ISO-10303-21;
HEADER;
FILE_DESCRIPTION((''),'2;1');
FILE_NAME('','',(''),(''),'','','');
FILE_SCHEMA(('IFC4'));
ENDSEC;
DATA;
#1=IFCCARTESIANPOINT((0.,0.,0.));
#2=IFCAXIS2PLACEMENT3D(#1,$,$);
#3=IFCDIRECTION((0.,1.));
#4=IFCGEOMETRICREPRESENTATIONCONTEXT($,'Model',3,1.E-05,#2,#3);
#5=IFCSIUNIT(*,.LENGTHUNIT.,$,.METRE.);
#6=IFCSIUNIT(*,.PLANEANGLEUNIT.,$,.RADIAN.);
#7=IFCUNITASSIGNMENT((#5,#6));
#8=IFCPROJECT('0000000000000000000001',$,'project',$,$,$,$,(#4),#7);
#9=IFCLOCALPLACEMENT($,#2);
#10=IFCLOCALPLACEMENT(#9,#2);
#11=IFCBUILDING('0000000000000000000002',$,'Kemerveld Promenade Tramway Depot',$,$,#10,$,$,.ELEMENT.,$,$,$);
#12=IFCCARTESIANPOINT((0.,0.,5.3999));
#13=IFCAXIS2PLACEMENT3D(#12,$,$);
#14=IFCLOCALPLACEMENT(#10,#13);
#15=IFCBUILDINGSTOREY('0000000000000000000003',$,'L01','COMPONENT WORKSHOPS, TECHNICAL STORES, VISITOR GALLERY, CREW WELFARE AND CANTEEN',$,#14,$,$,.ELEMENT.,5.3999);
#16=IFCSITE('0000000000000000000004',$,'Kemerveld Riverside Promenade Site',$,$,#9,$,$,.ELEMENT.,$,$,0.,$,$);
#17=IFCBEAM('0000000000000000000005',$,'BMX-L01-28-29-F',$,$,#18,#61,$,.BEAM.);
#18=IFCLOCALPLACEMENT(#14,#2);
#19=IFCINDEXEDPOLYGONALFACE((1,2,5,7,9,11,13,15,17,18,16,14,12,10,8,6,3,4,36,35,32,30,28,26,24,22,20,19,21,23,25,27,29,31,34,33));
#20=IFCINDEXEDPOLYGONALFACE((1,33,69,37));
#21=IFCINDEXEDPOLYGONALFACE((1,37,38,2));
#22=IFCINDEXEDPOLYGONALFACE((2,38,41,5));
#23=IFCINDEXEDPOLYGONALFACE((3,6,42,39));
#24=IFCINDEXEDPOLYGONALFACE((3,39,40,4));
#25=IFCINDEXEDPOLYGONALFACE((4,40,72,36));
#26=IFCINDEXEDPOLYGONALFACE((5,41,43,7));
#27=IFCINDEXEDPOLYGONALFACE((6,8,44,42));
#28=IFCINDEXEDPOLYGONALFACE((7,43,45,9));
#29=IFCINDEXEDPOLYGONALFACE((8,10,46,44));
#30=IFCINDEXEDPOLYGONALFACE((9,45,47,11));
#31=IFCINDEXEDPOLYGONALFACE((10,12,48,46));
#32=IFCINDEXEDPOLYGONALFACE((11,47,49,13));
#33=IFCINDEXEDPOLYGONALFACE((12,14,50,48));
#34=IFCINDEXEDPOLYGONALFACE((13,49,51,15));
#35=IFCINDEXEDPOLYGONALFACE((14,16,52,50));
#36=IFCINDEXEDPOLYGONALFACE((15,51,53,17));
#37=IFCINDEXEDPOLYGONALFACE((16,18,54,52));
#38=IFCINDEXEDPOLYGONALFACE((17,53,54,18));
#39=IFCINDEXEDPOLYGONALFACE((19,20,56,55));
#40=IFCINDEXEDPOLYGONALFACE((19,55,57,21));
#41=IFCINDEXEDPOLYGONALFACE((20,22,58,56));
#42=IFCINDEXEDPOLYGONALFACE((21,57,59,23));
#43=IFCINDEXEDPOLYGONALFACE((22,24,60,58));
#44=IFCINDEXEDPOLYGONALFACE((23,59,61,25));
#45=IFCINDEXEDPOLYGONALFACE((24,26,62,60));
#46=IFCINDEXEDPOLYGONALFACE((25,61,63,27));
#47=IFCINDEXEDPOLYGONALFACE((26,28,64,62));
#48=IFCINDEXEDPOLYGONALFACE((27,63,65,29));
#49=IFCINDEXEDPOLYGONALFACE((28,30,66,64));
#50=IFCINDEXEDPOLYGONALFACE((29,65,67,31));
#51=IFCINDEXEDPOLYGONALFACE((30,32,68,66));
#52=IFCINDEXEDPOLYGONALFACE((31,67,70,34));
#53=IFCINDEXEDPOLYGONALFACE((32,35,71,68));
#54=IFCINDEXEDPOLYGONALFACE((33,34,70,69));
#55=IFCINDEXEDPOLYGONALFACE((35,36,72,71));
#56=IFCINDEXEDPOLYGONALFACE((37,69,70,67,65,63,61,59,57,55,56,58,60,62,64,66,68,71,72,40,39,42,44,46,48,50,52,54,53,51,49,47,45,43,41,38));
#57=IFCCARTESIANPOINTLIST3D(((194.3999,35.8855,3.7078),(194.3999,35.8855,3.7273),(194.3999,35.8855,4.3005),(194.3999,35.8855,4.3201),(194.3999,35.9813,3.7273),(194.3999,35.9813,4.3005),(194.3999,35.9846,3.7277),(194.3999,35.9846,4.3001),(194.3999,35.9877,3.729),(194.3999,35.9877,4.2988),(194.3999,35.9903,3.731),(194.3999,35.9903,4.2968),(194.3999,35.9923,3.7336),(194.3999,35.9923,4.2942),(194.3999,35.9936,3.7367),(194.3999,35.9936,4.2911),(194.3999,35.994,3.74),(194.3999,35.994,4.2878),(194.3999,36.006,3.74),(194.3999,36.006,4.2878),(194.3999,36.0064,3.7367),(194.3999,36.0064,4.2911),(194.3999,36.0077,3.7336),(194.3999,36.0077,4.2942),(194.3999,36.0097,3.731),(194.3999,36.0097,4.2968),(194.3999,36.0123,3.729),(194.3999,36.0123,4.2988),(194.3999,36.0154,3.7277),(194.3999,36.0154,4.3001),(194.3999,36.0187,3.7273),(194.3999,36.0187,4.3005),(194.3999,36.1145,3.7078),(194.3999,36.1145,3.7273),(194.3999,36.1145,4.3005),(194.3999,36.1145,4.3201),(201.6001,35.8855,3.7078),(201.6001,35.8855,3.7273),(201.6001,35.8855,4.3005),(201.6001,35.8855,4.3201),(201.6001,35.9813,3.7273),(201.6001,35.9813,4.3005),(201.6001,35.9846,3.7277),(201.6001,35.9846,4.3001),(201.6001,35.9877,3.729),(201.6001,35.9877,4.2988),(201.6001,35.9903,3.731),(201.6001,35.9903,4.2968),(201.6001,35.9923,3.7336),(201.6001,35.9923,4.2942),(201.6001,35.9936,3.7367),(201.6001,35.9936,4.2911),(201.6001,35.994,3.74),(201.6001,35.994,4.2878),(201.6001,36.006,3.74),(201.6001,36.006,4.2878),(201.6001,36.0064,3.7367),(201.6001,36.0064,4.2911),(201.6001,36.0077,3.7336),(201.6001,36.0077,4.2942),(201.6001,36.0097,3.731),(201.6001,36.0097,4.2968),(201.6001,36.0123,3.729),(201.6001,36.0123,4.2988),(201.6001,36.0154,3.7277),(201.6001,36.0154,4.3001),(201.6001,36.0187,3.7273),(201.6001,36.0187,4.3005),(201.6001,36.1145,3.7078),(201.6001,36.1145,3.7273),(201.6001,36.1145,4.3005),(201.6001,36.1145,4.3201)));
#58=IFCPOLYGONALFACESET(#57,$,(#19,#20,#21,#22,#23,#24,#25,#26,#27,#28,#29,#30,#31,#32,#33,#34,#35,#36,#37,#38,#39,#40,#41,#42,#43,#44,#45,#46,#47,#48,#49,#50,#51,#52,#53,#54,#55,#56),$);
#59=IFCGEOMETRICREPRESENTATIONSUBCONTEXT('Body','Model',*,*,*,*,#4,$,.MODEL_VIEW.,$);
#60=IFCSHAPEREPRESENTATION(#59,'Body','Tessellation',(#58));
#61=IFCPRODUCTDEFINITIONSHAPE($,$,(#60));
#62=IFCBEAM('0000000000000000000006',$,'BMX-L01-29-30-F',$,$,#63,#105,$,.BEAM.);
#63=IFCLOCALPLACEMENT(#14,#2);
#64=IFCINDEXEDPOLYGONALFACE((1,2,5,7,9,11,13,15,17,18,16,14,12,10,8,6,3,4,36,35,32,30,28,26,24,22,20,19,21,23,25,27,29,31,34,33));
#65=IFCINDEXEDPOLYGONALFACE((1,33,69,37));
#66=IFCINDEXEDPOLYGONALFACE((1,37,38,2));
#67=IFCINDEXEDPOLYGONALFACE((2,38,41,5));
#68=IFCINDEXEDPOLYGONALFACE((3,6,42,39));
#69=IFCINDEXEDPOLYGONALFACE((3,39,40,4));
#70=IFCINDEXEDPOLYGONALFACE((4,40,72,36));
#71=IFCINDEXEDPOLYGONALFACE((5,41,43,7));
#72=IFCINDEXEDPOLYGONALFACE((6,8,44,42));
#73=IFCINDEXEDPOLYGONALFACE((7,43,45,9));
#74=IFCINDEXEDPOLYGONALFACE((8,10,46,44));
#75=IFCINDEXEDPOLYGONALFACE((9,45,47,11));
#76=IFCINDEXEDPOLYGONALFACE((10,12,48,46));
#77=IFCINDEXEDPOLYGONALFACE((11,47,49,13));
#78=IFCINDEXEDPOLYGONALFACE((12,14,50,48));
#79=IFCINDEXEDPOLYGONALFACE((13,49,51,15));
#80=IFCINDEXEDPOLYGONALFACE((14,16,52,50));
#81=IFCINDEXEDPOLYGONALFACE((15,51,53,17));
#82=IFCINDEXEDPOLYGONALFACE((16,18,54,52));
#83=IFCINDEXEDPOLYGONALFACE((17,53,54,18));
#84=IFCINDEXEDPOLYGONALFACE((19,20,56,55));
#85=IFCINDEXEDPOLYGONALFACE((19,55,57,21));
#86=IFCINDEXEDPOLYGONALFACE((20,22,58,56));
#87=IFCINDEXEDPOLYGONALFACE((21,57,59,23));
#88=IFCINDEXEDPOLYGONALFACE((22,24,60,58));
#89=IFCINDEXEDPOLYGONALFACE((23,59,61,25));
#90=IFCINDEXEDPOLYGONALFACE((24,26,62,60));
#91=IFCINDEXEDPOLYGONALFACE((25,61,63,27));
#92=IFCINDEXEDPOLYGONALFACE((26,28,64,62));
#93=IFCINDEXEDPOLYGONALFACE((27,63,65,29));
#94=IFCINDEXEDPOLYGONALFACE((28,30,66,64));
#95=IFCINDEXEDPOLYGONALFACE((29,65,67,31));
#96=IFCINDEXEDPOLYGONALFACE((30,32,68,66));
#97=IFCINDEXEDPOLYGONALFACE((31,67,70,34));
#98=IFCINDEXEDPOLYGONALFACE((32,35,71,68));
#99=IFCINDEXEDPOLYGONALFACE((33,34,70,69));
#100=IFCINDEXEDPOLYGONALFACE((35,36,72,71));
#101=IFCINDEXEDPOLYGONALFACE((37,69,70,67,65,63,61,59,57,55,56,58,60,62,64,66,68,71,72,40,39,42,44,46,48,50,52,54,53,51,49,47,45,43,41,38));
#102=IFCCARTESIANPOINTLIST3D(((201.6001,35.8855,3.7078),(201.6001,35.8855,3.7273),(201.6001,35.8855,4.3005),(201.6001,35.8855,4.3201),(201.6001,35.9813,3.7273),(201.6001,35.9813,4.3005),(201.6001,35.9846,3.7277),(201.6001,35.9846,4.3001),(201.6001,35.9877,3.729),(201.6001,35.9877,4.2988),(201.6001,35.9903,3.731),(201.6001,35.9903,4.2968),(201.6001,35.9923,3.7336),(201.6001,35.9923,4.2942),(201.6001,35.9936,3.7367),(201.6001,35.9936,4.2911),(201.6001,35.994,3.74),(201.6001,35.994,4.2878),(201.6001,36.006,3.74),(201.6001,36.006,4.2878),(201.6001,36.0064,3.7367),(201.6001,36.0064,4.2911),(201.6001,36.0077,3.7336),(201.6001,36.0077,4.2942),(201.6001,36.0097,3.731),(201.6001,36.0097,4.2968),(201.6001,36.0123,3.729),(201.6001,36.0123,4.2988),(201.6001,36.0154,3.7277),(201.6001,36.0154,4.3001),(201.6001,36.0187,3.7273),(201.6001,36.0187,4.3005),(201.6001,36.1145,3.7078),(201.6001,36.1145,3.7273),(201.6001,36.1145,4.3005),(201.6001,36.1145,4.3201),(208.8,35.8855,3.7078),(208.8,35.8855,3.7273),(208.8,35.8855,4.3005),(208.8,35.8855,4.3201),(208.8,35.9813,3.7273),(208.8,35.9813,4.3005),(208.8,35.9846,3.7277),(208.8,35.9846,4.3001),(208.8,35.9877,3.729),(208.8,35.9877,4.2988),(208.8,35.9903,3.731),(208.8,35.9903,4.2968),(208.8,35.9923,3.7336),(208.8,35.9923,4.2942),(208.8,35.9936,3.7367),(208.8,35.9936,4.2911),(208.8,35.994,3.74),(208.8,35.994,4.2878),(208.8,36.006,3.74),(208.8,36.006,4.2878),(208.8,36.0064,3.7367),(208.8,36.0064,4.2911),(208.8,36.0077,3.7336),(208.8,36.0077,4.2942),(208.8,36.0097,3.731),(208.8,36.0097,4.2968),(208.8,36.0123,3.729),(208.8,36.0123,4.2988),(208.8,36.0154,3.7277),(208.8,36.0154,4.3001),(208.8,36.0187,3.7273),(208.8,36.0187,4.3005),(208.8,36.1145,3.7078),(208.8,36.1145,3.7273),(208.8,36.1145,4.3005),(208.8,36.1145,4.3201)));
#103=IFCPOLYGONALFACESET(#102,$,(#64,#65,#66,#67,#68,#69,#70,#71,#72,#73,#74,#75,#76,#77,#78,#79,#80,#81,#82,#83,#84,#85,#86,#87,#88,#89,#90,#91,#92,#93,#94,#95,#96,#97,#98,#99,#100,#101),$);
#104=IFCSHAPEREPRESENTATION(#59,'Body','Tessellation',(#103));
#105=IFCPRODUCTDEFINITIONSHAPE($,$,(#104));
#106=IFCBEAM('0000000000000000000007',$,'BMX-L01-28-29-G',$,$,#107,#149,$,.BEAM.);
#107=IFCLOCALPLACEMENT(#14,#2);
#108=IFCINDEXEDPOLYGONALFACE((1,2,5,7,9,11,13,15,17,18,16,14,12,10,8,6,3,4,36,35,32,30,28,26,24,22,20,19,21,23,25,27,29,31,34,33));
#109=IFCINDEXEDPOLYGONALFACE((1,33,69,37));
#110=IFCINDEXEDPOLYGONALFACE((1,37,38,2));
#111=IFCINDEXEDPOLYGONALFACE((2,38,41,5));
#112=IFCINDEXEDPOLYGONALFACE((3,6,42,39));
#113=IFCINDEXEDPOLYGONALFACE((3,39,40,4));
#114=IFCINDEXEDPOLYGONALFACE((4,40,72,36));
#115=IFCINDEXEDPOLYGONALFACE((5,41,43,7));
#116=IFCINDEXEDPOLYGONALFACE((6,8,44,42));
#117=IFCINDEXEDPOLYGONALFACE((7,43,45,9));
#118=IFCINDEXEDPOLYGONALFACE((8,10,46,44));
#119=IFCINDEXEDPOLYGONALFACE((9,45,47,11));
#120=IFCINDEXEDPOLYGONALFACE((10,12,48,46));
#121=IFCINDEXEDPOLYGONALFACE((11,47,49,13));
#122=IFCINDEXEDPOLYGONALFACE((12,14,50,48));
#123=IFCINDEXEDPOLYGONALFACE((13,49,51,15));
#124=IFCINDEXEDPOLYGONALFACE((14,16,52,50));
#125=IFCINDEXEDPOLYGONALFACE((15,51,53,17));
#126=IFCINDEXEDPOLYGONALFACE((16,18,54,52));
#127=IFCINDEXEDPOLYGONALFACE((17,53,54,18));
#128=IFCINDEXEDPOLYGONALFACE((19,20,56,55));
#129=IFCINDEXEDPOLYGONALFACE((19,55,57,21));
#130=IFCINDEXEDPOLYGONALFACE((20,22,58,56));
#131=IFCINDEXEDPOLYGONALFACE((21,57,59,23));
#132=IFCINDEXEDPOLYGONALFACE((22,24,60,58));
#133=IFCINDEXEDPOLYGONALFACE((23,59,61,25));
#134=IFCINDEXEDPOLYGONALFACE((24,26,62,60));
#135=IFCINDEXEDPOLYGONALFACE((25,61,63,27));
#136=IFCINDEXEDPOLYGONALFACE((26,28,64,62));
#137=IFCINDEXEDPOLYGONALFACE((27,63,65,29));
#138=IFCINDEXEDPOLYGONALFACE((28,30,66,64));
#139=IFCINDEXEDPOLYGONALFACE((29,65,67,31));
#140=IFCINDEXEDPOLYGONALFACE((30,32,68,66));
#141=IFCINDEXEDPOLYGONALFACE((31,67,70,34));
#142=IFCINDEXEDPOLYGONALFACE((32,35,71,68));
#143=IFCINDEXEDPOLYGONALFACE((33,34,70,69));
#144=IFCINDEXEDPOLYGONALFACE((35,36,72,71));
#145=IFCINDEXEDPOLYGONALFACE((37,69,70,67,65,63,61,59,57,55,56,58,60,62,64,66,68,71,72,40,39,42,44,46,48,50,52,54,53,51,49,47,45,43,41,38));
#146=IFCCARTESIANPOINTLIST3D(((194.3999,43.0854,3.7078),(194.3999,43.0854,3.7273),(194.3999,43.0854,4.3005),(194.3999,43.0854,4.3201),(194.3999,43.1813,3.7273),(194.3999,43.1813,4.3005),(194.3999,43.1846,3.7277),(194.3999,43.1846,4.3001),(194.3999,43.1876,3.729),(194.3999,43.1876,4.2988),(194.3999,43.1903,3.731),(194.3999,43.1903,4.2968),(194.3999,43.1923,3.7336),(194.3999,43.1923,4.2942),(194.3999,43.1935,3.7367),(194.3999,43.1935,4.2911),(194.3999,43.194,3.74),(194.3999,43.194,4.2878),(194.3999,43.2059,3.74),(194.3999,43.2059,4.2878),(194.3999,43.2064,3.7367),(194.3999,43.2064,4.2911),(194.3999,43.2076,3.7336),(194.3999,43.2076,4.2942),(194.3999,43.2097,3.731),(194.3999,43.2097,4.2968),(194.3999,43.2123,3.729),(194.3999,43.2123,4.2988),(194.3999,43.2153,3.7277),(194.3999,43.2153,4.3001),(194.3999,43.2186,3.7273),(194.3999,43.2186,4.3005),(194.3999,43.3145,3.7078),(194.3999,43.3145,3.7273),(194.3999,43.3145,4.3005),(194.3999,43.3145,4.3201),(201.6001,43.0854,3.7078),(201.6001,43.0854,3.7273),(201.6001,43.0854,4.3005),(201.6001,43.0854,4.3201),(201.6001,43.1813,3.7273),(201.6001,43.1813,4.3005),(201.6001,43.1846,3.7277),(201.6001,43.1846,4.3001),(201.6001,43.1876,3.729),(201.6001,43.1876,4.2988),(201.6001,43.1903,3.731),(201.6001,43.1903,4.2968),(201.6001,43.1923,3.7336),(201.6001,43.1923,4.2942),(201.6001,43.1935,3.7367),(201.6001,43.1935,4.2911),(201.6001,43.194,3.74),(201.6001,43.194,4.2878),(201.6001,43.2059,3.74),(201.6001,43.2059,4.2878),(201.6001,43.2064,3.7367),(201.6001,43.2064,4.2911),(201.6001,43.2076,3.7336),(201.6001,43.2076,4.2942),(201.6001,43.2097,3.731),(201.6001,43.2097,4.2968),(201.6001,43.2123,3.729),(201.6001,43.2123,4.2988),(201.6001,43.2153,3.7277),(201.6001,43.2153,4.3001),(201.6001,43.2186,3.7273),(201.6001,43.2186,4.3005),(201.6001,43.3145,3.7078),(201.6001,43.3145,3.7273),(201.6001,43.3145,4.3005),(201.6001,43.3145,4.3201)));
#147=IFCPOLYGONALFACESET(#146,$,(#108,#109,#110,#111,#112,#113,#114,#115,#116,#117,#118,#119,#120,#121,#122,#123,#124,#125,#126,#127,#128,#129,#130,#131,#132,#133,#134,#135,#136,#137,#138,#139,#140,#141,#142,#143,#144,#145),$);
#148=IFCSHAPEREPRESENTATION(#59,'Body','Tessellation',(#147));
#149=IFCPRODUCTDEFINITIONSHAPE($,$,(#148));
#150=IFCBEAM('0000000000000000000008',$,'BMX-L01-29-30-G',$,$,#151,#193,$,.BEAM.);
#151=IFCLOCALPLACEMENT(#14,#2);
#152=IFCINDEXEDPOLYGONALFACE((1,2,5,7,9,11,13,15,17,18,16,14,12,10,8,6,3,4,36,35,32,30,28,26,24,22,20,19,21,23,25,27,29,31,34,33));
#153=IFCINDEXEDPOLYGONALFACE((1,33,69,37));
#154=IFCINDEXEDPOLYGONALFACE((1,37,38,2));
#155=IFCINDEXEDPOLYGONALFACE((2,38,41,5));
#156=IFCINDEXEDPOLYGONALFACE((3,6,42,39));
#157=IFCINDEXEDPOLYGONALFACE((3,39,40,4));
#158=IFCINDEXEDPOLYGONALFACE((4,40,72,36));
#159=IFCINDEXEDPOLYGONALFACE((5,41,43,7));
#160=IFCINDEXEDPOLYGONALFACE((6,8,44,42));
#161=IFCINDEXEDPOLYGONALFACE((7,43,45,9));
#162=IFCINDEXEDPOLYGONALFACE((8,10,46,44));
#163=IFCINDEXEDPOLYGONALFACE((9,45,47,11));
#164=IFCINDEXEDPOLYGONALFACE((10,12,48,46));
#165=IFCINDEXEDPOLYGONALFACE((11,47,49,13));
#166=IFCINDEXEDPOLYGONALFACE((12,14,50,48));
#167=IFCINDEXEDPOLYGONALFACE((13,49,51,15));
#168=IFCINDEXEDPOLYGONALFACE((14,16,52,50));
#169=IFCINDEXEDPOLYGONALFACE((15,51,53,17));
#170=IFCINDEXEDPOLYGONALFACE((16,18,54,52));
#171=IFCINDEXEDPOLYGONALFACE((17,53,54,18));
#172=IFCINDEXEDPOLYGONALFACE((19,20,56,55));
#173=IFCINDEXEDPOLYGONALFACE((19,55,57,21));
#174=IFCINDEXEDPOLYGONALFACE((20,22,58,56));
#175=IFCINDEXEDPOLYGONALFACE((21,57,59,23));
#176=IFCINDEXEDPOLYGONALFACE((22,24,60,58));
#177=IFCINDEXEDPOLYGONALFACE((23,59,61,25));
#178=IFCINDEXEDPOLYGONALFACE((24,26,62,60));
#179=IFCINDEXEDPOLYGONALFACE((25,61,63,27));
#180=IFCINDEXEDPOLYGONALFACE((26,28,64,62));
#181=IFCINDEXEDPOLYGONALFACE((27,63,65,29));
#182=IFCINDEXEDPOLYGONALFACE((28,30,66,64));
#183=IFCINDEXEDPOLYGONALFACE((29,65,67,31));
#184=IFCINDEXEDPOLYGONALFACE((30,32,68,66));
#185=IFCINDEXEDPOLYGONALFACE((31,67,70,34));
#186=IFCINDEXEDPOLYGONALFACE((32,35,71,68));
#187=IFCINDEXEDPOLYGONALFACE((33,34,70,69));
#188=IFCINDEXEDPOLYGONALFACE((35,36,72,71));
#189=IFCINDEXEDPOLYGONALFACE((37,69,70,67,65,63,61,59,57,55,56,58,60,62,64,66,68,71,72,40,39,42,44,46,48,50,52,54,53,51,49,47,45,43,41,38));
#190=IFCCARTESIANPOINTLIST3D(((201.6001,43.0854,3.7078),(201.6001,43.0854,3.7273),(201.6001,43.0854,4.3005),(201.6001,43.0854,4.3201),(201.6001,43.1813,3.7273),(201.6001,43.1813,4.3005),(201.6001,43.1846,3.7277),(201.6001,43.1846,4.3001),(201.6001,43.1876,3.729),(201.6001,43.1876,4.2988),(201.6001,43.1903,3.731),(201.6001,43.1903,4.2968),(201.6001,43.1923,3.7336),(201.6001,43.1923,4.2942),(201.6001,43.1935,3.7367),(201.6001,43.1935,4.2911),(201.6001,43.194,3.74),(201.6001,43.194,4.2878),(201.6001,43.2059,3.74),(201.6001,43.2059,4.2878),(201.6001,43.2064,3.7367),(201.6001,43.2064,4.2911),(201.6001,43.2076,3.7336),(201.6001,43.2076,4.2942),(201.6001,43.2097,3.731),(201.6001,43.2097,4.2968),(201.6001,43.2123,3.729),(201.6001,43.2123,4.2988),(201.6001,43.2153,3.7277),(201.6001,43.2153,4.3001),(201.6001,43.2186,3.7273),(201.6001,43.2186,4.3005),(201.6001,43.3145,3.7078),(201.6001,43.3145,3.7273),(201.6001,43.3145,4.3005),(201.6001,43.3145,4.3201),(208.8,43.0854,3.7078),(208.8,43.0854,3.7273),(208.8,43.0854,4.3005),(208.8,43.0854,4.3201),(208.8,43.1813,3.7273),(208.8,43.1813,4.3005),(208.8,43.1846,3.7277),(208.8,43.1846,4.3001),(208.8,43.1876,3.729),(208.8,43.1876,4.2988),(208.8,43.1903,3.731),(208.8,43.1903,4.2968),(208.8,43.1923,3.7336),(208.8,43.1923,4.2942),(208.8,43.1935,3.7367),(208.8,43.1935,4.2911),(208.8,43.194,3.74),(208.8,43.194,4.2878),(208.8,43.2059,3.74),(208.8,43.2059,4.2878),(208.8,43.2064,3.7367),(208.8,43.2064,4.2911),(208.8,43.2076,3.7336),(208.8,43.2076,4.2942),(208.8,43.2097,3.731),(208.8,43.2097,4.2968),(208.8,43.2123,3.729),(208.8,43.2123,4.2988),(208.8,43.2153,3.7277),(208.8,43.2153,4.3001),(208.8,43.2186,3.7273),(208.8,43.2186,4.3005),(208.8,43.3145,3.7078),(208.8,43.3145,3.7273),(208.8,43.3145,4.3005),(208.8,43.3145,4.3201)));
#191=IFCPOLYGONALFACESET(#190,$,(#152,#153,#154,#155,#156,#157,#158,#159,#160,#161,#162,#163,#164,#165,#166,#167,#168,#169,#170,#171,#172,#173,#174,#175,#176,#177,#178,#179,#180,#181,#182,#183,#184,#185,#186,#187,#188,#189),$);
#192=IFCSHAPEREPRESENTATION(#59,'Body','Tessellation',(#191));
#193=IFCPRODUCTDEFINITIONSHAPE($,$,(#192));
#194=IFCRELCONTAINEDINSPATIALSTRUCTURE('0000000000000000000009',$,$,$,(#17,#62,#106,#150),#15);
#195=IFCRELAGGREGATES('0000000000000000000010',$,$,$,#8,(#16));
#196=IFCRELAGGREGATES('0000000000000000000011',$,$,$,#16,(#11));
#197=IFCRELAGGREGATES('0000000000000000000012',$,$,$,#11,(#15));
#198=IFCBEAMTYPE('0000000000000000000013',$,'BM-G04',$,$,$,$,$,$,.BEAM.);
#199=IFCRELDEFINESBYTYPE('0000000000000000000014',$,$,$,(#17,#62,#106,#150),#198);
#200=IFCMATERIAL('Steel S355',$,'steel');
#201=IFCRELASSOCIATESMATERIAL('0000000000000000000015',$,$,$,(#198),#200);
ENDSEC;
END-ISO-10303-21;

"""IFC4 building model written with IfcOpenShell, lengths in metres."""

from ifc_helpers import new_model, si_unit, direction, frame, origin, origin_2d, place, context, subcontext, project, spatial, i_section, extrude, material, material_profile, profile_set, type_object, element, save


model = new_model("IFC4")

# Units and contexts
model_context = context("Model", 3, precision=1e-05, world=origin(), true_north=direction((0.0, 1.0)))
body_context = subcontext(model_context, "Body", "Model", "MODEL_VIEW")
ifc_project = project(units=[si_unit("LENGTHUNIT", "METRE"), si_unit("PLANEANGLEUNIT", "RADIAN")], contexts=[model_context])

# Site, building, storey
site_placement = place(None, origin())
site = spatial("IfcSite", under=ifc_project, at=site_placement, Name="Kemerveld Riverside Promenade Site", CompositionType="ELEMENT", RefElevation=0.0)
building_placement = place(site_placement, origin())
building = spatial("IfcBuilding", under=site, at=building_placement, Name="Kemerveld Promenade Tramway Depot", CompositionType="ELEMENT")
storey_placement = place(building_placement, frame((0.0, 0.0, 5.3999)))
storey = spatial("IfcBuildingStorey", under=building, at=storey_placement, Name="L01", Description="COMPONENT WORKSHOPS, TECHNICAL STORES, VISITOR GALLERY, CREW WELFARE AND CANTEEN", CompositionType="ELEMENT", Elevation=5.3999)

# Shared definitions
ifc_material_1 = material(Name="Steel S355", Category="steel")

# Beams
ifc_material_profile_1 = material_profile(ifc_material_1, i_section(OverallWidth=0.229, OverallDepth=0.6123, WebThickness=0.012, FlangeThickness=0.0195, FilletRadius=0.0127, at=origin_2d()), Name="610x229x125 UB")
ifc_profile_set_1 = profile_set([ifc_material_profile_1], Name="Steel S355")
beam_type_1 = type_object("IfcBeamType", Name="BM-G04", PredefinedType="BEAM", material=ifc_profile_set_1)
beam_1_placement = place(storey_placement, frame((194.3999, 36.0, 4.0139), z_axis=(1.0, 0.0, 0.0), x_axis=(0.0, 1.0, 0.0)))
element("IfcBeam", 1, at=beam_1_placement, inside=storey, type_object=beam_type_1, Name="BMX-L01-28-29-F", PredefinedType="BEAM", context=body_context, shape_type="SweptSolid", body=[
    extrude(i_section(OverallWidth=0.229, OverallDepth=0.6123, WebThickness=0.012, FlangeThickness=0.0195, FilletRadius=0.0127, at=origin_2d()), origin(), (0.0, 0.0, 1.0), 7.2002),
])
beam_2_placement = place(storey_placement, frame((201.6001, 36.0, 4.0139), z_axis=(1.0, 0.0, 0.0), x_axis=(0.0, 1.0, 0.0)))
element("IfcBeam", 2, at=beam_2_placement, inside=storey, type_object=beam_type_1, Name="BMX-L01-29-30-F", PredefinedType="BEAM", context=body_context, shape_type="SweptSolid", body=[
    extrude(i_section(OverallWidth=0.229, OverallDepth=0.6123, WebThickness=0.012, FlangeThickness=0.0195, FilletRadius=0.0127, at=origin_2d()), origin(), (0.0, 0.0, 1.0), 7.2),
])
beam_3_placement = place(storey_placement, frame((194.3999, 43.2, 4.0139), z_axis=(1.0, 0.0, 0.0), x_axis=(0.0, 1.0, 0.0)))
element("IfcBeam", 3, at=beam_3_placement, inside=storey, type_object=beam_type_1, Name="BMX-L01-28-29-G", PredefinedType="BEAM", context=body_context, shape_type="SweptSolid", body=[
    extrude(i_section(OverallWidth=0.229, OverallDepth=0.6123, WebThickness=0.012, FlangeThickness=0.0195, FilletRadius=0.0127, at=origin_2d()), origin(), (0.0, 0.0, 1.0), 7.2002),
])
beam_4_placement = place(storey_placement, frame((201.6001, 43.2, 4.0139), z_axis=(1.0, 0.0, 0.0), x_axis=(0.0, 1.0, 0.0)))
element("IfcBeam", 4, at=beam_4_placement, inside=storey, type_object=beam_type_1, Name="BMX-L01-29-30-G", PredefinedType="BEAM", context=body_context, shape_type="SweptSolid", body=[
    extrude(i_section(OverallWidth=0.229, OverallDepth=0.6123, WebThickness=0.012, FlangeThickness=0.0195, FilletRadius=0.0127, at=origin_2d()), origin(), (0.0, 0.0, 1.0), 7.2),
])

save(model, "model.ifc")
